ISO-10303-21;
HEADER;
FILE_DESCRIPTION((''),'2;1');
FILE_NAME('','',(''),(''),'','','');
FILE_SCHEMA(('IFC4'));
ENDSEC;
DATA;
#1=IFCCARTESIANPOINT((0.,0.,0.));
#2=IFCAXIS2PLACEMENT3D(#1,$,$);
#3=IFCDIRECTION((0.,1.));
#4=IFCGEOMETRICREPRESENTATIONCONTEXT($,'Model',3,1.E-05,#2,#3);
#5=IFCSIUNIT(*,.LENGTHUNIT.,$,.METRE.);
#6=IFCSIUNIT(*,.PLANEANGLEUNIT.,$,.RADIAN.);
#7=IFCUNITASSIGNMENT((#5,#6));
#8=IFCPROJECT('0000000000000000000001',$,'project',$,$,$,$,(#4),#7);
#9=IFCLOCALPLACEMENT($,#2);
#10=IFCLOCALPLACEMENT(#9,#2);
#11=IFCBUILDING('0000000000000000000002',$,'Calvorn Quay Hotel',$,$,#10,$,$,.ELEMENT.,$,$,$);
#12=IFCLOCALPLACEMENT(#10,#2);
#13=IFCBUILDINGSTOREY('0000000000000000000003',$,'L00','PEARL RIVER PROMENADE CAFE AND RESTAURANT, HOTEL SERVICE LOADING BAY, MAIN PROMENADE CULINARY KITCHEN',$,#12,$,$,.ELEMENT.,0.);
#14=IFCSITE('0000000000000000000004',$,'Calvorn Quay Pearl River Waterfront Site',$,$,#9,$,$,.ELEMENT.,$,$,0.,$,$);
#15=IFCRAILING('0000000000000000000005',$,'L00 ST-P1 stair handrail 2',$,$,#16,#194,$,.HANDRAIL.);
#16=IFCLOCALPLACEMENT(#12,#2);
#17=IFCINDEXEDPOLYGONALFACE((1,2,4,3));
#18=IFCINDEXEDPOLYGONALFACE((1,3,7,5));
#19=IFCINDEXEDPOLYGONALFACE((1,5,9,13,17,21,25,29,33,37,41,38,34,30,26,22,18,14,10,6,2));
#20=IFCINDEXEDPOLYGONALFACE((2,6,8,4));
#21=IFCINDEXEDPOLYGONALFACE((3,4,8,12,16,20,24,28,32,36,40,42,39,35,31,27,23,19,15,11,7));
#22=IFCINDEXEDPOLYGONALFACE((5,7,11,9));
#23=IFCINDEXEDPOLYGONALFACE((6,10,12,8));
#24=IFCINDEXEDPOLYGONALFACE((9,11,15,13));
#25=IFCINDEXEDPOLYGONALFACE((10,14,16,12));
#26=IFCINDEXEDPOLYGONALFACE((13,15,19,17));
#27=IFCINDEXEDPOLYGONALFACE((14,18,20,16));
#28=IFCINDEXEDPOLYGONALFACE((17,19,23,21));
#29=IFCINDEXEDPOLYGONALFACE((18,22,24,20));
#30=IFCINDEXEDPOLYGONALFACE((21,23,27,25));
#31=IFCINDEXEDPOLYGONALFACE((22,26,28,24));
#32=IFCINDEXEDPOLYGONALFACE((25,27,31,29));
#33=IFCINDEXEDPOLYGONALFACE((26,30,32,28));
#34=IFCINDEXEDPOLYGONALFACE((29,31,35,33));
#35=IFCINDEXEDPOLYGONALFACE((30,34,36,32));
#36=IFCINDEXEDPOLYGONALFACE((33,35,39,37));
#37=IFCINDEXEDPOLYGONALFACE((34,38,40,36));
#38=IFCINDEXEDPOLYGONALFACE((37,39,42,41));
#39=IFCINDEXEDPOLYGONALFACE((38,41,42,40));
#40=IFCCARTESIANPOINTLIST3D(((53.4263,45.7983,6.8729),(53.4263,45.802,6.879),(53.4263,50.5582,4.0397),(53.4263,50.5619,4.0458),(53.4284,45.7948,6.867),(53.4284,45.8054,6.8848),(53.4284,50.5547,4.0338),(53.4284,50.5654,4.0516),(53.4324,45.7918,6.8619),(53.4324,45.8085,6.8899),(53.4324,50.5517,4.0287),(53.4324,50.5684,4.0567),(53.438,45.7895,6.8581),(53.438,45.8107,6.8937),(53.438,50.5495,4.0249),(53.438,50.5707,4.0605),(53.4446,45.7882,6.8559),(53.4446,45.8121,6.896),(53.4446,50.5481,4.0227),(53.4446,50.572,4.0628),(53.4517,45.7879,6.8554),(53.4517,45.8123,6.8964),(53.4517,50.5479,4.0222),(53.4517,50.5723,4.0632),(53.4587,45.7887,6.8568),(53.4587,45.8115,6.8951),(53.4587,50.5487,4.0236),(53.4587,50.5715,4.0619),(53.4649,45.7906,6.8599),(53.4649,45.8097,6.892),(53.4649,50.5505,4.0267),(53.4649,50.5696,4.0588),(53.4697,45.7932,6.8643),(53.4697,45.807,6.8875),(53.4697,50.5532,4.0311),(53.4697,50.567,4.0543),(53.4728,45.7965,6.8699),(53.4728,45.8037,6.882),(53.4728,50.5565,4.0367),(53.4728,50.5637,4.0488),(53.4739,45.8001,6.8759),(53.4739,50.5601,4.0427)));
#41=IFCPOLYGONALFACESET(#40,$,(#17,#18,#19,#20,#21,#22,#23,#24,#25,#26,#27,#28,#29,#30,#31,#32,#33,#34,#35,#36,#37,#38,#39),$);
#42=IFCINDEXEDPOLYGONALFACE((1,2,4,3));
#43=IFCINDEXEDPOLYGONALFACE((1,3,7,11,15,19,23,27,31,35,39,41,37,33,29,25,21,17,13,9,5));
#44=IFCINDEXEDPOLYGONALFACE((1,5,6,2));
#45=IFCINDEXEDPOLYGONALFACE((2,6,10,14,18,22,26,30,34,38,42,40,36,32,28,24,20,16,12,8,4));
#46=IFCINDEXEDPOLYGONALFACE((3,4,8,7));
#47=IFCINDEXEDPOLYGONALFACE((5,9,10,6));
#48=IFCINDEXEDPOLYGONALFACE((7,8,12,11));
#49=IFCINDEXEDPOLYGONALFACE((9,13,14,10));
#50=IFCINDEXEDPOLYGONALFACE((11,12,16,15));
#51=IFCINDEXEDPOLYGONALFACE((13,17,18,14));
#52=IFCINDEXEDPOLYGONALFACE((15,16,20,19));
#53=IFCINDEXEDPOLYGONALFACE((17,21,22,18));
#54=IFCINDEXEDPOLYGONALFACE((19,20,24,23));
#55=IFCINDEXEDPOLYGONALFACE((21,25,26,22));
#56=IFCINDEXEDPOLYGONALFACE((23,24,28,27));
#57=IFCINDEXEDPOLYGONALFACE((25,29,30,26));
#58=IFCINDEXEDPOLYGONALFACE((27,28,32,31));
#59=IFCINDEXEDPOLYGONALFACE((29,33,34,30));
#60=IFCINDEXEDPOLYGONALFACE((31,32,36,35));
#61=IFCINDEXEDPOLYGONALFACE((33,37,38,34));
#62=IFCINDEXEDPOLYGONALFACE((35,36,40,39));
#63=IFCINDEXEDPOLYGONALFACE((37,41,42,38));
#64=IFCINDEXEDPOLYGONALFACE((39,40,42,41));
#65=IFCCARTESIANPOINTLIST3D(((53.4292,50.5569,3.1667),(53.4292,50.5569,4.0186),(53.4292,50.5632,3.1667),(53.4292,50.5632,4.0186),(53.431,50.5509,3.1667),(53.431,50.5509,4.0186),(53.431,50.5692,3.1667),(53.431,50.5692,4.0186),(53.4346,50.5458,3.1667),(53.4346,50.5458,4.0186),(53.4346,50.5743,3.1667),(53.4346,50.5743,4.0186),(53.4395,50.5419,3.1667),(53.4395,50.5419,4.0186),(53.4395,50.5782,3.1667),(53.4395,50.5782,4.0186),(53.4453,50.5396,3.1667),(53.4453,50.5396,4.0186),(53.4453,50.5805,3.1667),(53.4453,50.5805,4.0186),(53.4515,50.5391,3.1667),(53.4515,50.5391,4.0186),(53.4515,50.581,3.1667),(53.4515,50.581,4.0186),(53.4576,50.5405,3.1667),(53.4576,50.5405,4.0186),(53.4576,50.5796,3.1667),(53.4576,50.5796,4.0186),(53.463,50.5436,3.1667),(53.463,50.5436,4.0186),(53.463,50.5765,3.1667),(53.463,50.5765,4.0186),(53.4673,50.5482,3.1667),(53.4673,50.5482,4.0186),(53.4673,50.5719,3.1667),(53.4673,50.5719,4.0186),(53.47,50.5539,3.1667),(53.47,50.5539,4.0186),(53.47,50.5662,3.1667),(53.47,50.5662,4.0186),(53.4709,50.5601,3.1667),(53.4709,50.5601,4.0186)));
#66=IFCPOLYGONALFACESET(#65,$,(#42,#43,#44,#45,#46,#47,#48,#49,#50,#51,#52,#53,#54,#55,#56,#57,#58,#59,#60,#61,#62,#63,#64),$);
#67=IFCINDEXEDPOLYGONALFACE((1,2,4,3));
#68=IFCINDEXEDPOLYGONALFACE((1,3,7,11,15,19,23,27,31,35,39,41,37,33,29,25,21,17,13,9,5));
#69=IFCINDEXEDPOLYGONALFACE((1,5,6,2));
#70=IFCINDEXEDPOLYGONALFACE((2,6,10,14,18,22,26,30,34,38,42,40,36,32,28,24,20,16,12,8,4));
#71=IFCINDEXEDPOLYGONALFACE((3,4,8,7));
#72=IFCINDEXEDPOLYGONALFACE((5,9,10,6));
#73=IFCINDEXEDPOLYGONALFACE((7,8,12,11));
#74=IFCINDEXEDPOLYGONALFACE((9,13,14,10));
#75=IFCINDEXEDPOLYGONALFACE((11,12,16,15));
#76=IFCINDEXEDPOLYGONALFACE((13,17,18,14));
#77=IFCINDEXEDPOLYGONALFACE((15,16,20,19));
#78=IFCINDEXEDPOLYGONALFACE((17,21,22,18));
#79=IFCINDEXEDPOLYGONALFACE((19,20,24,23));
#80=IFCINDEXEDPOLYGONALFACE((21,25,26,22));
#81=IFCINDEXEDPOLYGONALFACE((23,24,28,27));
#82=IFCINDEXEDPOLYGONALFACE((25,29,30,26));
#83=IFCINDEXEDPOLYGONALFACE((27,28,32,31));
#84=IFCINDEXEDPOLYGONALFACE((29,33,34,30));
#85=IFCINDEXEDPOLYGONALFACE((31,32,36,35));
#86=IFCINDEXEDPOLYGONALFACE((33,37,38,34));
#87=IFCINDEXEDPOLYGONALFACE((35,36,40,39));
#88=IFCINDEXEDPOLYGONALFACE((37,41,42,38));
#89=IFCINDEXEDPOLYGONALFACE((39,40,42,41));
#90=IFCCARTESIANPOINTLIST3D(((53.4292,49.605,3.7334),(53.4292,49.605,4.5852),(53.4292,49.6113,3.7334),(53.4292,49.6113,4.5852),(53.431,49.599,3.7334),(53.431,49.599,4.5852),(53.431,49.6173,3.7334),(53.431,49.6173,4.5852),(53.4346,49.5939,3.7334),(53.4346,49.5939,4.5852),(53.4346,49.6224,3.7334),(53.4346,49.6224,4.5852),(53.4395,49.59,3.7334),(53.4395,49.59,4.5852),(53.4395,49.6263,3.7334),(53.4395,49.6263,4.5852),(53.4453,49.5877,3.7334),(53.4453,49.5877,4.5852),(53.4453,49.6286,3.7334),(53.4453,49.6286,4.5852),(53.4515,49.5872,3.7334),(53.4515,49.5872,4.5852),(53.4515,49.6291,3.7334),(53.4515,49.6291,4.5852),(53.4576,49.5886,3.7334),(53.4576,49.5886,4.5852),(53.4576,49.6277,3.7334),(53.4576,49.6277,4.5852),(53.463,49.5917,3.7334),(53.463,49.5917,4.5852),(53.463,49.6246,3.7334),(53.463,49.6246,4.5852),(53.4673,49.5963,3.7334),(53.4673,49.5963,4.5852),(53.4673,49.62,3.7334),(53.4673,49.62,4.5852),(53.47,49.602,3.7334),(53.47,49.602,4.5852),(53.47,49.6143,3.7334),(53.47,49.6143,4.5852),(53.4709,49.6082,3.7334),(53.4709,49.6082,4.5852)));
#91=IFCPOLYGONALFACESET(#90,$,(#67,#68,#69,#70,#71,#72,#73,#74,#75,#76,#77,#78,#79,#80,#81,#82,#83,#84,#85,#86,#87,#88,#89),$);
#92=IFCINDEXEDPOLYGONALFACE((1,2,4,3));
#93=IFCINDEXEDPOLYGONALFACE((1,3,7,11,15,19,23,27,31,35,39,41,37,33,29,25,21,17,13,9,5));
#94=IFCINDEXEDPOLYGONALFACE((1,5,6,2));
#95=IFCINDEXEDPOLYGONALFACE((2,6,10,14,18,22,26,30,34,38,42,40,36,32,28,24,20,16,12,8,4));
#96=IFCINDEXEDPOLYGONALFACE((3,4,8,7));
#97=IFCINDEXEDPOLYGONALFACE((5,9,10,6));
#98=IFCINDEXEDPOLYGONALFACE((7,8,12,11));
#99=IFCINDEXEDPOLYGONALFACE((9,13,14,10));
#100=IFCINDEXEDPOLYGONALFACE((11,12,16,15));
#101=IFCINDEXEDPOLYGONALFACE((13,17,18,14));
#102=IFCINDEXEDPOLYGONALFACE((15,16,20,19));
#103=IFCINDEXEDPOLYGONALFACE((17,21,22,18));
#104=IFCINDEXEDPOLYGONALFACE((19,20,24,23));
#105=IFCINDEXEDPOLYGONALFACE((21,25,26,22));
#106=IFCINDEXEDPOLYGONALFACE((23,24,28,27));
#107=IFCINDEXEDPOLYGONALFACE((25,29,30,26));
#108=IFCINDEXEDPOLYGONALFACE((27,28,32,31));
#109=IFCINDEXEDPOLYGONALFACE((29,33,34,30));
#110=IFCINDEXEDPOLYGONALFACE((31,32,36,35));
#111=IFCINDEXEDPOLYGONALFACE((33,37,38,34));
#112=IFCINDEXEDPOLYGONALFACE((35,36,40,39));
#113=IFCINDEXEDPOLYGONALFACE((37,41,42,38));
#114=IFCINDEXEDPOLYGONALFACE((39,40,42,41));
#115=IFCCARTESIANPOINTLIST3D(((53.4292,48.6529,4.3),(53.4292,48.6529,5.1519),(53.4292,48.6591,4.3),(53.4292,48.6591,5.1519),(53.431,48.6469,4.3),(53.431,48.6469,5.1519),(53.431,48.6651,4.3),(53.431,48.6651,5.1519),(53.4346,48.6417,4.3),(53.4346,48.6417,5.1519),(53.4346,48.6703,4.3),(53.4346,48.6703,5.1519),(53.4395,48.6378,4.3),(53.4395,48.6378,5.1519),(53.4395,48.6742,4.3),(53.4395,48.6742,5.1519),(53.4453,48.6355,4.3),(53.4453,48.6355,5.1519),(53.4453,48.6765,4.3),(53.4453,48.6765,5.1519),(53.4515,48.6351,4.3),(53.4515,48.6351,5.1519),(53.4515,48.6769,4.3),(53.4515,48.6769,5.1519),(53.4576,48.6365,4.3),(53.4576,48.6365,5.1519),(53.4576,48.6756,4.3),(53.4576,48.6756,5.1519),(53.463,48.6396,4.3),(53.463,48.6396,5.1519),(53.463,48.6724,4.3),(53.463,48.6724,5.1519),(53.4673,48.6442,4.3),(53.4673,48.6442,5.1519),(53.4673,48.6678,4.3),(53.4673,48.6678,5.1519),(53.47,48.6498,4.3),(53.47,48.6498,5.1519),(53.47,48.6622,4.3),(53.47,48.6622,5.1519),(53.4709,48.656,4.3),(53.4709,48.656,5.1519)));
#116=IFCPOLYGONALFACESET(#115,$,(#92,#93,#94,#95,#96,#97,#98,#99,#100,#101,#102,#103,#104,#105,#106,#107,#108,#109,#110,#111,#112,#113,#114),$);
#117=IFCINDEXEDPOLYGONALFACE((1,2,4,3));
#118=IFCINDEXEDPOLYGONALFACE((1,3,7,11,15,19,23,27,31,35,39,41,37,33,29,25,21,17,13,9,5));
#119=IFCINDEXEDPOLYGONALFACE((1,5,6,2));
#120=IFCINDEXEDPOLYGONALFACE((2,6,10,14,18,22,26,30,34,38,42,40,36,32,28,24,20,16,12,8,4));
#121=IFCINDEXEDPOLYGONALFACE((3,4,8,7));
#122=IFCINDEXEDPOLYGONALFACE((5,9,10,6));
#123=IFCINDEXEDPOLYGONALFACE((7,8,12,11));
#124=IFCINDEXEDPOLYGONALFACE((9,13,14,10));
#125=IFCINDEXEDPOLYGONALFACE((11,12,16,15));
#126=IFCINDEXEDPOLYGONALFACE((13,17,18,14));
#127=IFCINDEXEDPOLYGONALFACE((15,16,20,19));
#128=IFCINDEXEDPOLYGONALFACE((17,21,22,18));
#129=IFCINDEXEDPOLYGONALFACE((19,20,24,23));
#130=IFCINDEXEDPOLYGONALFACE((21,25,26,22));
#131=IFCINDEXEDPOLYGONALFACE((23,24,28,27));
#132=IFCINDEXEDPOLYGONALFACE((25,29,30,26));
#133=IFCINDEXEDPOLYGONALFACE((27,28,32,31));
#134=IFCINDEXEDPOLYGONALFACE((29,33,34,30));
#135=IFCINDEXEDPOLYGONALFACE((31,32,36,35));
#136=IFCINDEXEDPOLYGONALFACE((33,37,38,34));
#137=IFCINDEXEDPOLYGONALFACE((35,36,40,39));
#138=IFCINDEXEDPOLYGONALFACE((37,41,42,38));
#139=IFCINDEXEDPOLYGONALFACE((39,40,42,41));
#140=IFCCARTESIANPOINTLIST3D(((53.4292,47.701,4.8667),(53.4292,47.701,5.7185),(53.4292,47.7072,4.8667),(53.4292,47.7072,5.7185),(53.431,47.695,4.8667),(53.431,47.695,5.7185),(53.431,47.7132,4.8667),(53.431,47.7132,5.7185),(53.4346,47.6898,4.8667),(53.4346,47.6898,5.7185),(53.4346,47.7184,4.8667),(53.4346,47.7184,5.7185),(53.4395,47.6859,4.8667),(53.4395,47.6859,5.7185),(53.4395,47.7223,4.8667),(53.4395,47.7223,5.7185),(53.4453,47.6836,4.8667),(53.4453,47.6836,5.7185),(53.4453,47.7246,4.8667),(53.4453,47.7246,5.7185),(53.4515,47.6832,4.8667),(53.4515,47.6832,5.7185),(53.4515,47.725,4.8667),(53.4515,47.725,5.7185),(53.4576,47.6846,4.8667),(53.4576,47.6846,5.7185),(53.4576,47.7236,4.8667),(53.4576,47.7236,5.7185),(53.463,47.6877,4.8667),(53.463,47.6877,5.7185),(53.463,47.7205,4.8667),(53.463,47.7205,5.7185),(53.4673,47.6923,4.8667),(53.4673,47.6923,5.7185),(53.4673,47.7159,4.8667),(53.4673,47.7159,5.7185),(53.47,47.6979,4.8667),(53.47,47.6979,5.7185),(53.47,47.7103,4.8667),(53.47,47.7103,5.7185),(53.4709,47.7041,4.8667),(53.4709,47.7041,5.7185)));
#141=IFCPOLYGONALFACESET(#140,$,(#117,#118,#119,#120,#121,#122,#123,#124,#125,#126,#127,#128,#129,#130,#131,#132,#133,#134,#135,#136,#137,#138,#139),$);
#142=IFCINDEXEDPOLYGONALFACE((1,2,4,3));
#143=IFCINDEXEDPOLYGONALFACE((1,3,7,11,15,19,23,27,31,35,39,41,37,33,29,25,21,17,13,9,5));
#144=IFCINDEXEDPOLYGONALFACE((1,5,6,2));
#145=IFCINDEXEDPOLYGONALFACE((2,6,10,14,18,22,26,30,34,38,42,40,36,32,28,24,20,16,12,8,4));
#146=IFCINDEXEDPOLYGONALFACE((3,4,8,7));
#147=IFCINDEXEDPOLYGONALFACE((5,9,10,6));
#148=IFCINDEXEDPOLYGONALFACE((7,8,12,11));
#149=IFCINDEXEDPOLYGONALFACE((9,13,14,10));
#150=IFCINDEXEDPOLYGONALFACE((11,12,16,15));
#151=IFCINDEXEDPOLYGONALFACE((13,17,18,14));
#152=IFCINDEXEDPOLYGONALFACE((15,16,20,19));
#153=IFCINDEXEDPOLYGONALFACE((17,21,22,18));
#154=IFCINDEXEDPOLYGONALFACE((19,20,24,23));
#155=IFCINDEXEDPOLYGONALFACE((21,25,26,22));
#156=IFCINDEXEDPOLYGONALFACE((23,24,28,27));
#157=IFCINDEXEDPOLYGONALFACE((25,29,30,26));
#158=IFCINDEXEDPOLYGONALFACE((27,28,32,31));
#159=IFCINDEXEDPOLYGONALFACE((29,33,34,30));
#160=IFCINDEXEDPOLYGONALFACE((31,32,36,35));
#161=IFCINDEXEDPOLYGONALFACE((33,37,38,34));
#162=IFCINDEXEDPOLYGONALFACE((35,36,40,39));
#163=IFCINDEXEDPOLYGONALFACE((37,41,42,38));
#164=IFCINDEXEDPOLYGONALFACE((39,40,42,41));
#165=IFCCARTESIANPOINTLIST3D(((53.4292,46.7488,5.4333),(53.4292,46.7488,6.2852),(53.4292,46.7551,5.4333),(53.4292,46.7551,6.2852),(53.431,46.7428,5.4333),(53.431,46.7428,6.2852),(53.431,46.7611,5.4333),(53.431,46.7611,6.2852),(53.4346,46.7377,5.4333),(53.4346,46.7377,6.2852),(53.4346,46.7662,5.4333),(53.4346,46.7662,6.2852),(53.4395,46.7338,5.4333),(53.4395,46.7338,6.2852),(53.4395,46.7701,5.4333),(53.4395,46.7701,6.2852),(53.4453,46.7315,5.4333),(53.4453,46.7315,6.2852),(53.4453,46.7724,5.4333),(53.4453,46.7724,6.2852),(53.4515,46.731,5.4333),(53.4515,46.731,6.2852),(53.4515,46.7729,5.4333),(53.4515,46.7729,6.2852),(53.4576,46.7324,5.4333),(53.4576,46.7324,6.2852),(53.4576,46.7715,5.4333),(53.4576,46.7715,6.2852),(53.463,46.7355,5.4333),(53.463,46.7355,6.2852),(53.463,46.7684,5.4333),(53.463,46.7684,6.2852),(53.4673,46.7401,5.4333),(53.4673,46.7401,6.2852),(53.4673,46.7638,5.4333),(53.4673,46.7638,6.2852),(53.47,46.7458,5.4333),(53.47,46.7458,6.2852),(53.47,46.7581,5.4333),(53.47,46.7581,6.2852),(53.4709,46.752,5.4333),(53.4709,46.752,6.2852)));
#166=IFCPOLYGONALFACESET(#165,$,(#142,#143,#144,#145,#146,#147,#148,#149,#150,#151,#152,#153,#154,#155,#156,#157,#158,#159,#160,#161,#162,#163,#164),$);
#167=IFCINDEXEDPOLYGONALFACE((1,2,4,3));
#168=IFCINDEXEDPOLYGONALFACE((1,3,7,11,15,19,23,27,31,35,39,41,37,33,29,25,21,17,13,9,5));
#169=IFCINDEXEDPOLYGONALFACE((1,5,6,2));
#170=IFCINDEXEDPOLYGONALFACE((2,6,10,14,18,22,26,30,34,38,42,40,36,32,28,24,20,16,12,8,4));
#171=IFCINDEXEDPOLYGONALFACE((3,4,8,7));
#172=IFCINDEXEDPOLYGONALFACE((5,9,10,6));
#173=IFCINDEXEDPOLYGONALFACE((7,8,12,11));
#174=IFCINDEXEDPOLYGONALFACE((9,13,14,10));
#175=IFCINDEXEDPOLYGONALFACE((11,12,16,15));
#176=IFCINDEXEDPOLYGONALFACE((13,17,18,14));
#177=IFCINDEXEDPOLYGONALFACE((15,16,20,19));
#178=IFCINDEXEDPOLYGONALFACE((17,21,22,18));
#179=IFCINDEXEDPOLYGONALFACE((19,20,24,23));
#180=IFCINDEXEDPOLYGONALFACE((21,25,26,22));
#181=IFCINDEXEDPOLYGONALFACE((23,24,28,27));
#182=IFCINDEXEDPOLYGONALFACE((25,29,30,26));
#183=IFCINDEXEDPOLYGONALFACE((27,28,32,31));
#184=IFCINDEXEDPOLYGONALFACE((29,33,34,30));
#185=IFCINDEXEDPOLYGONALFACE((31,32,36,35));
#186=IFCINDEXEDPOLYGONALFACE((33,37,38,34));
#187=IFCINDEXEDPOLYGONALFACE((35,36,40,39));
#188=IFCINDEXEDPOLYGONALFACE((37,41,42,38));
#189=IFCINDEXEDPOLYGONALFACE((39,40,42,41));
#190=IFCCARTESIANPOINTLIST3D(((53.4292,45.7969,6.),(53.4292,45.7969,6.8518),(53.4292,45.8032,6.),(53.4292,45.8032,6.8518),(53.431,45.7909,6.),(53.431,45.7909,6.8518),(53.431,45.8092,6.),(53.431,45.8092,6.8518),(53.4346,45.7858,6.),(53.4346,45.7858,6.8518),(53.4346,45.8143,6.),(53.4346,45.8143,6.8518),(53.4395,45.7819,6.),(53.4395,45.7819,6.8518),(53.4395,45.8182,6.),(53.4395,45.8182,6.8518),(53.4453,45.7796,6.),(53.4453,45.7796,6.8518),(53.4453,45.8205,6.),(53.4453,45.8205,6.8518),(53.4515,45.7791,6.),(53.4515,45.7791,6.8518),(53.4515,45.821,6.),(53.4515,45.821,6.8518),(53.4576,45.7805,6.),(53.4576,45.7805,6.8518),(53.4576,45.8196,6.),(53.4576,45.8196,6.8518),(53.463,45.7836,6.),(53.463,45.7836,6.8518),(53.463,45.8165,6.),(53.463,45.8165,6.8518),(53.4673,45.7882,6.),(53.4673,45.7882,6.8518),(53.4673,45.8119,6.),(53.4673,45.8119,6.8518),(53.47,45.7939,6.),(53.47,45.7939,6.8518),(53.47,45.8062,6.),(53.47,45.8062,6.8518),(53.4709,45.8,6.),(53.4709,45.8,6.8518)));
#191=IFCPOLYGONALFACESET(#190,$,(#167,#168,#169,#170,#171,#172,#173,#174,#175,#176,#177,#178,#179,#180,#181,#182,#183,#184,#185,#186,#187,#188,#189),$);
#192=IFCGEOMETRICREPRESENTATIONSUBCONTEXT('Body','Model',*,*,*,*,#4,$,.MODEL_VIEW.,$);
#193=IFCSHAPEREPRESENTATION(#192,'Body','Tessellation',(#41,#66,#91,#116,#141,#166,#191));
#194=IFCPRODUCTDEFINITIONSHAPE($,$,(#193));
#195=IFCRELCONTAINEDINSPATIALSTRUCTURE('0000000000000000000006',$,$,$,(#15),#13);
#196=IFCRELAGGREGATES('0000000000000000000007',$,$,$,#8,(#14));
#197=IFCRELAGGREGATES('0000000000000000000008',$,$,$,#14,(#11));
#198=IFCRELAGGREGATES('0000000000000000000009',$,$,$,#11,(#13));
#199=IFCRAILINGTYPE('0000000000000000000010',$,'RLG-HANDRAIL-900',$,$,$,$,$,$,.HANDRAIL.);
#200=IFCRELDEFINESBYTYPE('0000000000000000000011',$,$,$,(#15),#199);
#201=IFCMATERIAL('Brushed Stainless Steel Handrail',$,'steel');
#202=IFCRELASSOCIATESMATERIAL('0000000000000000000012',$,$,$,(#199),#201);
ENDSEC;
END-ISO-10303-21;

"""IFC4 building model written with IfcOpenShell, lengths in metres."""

from ifc_helpers import new_model, si_unit, direction, frame, origin, origin_2d, place, context, subcontext, project, spatial, circle, extrude, material, type_object, element, save


model = new_model("IFC4")

# Units and contexts
model_context = context("Model", 3, precision=1e-05, world=origin(), true_north=direction((0.0, 1.0)))
body_context = subcontext(model_context, "Body", "Model", "MODEL_VIEW")
ifc_project = project(units=[si_unit("LENGTHUNIT", "METRE"), si_unit("PLANEANGLEUNIT", "RADIAN")], contexts=[model_context])

# Site, building, storey
site_placement = place(None, origin())
site = spatial("IfcSite", under=ifc_project, at=site_placement, Name="Calvorn Quay Pearl River Waterfront Site", CompositionType="ELEMENT", RefElevation=0.0)
building_placement = place(site_placement, origin())
building = spatial("IfcBuilding", under=site, at=building_placement, Name="Calvorn Quay Hotel", CompositionType="ELEMENT")
storey_placement = place(building_placement, origin())
storey = spatial("IfcBuildingStorey", under=building, at=storey_placement, Name="L00", Description="PEARL RIVER PROMENADE CAFE AND RESTAURANT, HOTEL SERVICE LOADING BAY, MAIN PROMENADE CULINARY KITCHEN", CompositionType="ELEMENT", Elevation=0.0)

# Railing
ifc_material_1 = material(Name="Brushed Stainless Steel Handrail", Category="steel")
railing_type_1 = type_object("IfcRailingType", Name="RLG-HANDRAIL-900", PredefinedType="HANDRAIL", material=ifc_material_1)
railing_1_placement = place(storey_placement, frame((53.45, 50.5601, 3.1667)))
element("IfcRailing", 1, at=railing_1_placement, inside=storey, type_object=railing_type_1, Name="L00 ST-P1 stair handrail 2", PredefinedType="HANDRAIL", context=body_context, shape_type="SweptSolid", body=[
    extrude(circle(Radius=0.0239, at=origin_2d()), frame((0.0, 0.0, 0.876), z_axis=(0.0, -0.8593, 0.511472), x_axis=(1.0, 0.0, 0.0)), (0.0, 0.0, 1.0), 5.5393),
    extrude(circle(Radius=0.021, at=origin_2d()), origin(), (0.0, 0.0, 1.0), 0.8518),
    extrude(circle(Radius=0.021, at=origin_2d()), frame((0.0, -0.9519, 0.5667)), (0.0, 0.0, 1.0), 0.8518),
    extrude(circle(Radius=0.021, at=origin_2d()), frame((0.0, -1.9041, 1.1333)), (0.0, 0.0, 1.0), 0.8518),
    extrude(circle(Radius=0.021, at=origin_2d()), frame((0.0, -2.856, 1.7)), (0.0, 0.0, 1.0), 0.8518),
    extrude(circle(Radius=0.021, at=origin_2d()), frame((0.0, -3.8081, 2.2666)), (0.0, 0.0, 1.0), 0.8518),
    extrude(circle(Radius=0.021, at=origin_2d()), frame((0.0, -4.76, 2.8333)), (0.0, 0.0, 1.0), 0.8518),
])

save(model, "model.ifc")
